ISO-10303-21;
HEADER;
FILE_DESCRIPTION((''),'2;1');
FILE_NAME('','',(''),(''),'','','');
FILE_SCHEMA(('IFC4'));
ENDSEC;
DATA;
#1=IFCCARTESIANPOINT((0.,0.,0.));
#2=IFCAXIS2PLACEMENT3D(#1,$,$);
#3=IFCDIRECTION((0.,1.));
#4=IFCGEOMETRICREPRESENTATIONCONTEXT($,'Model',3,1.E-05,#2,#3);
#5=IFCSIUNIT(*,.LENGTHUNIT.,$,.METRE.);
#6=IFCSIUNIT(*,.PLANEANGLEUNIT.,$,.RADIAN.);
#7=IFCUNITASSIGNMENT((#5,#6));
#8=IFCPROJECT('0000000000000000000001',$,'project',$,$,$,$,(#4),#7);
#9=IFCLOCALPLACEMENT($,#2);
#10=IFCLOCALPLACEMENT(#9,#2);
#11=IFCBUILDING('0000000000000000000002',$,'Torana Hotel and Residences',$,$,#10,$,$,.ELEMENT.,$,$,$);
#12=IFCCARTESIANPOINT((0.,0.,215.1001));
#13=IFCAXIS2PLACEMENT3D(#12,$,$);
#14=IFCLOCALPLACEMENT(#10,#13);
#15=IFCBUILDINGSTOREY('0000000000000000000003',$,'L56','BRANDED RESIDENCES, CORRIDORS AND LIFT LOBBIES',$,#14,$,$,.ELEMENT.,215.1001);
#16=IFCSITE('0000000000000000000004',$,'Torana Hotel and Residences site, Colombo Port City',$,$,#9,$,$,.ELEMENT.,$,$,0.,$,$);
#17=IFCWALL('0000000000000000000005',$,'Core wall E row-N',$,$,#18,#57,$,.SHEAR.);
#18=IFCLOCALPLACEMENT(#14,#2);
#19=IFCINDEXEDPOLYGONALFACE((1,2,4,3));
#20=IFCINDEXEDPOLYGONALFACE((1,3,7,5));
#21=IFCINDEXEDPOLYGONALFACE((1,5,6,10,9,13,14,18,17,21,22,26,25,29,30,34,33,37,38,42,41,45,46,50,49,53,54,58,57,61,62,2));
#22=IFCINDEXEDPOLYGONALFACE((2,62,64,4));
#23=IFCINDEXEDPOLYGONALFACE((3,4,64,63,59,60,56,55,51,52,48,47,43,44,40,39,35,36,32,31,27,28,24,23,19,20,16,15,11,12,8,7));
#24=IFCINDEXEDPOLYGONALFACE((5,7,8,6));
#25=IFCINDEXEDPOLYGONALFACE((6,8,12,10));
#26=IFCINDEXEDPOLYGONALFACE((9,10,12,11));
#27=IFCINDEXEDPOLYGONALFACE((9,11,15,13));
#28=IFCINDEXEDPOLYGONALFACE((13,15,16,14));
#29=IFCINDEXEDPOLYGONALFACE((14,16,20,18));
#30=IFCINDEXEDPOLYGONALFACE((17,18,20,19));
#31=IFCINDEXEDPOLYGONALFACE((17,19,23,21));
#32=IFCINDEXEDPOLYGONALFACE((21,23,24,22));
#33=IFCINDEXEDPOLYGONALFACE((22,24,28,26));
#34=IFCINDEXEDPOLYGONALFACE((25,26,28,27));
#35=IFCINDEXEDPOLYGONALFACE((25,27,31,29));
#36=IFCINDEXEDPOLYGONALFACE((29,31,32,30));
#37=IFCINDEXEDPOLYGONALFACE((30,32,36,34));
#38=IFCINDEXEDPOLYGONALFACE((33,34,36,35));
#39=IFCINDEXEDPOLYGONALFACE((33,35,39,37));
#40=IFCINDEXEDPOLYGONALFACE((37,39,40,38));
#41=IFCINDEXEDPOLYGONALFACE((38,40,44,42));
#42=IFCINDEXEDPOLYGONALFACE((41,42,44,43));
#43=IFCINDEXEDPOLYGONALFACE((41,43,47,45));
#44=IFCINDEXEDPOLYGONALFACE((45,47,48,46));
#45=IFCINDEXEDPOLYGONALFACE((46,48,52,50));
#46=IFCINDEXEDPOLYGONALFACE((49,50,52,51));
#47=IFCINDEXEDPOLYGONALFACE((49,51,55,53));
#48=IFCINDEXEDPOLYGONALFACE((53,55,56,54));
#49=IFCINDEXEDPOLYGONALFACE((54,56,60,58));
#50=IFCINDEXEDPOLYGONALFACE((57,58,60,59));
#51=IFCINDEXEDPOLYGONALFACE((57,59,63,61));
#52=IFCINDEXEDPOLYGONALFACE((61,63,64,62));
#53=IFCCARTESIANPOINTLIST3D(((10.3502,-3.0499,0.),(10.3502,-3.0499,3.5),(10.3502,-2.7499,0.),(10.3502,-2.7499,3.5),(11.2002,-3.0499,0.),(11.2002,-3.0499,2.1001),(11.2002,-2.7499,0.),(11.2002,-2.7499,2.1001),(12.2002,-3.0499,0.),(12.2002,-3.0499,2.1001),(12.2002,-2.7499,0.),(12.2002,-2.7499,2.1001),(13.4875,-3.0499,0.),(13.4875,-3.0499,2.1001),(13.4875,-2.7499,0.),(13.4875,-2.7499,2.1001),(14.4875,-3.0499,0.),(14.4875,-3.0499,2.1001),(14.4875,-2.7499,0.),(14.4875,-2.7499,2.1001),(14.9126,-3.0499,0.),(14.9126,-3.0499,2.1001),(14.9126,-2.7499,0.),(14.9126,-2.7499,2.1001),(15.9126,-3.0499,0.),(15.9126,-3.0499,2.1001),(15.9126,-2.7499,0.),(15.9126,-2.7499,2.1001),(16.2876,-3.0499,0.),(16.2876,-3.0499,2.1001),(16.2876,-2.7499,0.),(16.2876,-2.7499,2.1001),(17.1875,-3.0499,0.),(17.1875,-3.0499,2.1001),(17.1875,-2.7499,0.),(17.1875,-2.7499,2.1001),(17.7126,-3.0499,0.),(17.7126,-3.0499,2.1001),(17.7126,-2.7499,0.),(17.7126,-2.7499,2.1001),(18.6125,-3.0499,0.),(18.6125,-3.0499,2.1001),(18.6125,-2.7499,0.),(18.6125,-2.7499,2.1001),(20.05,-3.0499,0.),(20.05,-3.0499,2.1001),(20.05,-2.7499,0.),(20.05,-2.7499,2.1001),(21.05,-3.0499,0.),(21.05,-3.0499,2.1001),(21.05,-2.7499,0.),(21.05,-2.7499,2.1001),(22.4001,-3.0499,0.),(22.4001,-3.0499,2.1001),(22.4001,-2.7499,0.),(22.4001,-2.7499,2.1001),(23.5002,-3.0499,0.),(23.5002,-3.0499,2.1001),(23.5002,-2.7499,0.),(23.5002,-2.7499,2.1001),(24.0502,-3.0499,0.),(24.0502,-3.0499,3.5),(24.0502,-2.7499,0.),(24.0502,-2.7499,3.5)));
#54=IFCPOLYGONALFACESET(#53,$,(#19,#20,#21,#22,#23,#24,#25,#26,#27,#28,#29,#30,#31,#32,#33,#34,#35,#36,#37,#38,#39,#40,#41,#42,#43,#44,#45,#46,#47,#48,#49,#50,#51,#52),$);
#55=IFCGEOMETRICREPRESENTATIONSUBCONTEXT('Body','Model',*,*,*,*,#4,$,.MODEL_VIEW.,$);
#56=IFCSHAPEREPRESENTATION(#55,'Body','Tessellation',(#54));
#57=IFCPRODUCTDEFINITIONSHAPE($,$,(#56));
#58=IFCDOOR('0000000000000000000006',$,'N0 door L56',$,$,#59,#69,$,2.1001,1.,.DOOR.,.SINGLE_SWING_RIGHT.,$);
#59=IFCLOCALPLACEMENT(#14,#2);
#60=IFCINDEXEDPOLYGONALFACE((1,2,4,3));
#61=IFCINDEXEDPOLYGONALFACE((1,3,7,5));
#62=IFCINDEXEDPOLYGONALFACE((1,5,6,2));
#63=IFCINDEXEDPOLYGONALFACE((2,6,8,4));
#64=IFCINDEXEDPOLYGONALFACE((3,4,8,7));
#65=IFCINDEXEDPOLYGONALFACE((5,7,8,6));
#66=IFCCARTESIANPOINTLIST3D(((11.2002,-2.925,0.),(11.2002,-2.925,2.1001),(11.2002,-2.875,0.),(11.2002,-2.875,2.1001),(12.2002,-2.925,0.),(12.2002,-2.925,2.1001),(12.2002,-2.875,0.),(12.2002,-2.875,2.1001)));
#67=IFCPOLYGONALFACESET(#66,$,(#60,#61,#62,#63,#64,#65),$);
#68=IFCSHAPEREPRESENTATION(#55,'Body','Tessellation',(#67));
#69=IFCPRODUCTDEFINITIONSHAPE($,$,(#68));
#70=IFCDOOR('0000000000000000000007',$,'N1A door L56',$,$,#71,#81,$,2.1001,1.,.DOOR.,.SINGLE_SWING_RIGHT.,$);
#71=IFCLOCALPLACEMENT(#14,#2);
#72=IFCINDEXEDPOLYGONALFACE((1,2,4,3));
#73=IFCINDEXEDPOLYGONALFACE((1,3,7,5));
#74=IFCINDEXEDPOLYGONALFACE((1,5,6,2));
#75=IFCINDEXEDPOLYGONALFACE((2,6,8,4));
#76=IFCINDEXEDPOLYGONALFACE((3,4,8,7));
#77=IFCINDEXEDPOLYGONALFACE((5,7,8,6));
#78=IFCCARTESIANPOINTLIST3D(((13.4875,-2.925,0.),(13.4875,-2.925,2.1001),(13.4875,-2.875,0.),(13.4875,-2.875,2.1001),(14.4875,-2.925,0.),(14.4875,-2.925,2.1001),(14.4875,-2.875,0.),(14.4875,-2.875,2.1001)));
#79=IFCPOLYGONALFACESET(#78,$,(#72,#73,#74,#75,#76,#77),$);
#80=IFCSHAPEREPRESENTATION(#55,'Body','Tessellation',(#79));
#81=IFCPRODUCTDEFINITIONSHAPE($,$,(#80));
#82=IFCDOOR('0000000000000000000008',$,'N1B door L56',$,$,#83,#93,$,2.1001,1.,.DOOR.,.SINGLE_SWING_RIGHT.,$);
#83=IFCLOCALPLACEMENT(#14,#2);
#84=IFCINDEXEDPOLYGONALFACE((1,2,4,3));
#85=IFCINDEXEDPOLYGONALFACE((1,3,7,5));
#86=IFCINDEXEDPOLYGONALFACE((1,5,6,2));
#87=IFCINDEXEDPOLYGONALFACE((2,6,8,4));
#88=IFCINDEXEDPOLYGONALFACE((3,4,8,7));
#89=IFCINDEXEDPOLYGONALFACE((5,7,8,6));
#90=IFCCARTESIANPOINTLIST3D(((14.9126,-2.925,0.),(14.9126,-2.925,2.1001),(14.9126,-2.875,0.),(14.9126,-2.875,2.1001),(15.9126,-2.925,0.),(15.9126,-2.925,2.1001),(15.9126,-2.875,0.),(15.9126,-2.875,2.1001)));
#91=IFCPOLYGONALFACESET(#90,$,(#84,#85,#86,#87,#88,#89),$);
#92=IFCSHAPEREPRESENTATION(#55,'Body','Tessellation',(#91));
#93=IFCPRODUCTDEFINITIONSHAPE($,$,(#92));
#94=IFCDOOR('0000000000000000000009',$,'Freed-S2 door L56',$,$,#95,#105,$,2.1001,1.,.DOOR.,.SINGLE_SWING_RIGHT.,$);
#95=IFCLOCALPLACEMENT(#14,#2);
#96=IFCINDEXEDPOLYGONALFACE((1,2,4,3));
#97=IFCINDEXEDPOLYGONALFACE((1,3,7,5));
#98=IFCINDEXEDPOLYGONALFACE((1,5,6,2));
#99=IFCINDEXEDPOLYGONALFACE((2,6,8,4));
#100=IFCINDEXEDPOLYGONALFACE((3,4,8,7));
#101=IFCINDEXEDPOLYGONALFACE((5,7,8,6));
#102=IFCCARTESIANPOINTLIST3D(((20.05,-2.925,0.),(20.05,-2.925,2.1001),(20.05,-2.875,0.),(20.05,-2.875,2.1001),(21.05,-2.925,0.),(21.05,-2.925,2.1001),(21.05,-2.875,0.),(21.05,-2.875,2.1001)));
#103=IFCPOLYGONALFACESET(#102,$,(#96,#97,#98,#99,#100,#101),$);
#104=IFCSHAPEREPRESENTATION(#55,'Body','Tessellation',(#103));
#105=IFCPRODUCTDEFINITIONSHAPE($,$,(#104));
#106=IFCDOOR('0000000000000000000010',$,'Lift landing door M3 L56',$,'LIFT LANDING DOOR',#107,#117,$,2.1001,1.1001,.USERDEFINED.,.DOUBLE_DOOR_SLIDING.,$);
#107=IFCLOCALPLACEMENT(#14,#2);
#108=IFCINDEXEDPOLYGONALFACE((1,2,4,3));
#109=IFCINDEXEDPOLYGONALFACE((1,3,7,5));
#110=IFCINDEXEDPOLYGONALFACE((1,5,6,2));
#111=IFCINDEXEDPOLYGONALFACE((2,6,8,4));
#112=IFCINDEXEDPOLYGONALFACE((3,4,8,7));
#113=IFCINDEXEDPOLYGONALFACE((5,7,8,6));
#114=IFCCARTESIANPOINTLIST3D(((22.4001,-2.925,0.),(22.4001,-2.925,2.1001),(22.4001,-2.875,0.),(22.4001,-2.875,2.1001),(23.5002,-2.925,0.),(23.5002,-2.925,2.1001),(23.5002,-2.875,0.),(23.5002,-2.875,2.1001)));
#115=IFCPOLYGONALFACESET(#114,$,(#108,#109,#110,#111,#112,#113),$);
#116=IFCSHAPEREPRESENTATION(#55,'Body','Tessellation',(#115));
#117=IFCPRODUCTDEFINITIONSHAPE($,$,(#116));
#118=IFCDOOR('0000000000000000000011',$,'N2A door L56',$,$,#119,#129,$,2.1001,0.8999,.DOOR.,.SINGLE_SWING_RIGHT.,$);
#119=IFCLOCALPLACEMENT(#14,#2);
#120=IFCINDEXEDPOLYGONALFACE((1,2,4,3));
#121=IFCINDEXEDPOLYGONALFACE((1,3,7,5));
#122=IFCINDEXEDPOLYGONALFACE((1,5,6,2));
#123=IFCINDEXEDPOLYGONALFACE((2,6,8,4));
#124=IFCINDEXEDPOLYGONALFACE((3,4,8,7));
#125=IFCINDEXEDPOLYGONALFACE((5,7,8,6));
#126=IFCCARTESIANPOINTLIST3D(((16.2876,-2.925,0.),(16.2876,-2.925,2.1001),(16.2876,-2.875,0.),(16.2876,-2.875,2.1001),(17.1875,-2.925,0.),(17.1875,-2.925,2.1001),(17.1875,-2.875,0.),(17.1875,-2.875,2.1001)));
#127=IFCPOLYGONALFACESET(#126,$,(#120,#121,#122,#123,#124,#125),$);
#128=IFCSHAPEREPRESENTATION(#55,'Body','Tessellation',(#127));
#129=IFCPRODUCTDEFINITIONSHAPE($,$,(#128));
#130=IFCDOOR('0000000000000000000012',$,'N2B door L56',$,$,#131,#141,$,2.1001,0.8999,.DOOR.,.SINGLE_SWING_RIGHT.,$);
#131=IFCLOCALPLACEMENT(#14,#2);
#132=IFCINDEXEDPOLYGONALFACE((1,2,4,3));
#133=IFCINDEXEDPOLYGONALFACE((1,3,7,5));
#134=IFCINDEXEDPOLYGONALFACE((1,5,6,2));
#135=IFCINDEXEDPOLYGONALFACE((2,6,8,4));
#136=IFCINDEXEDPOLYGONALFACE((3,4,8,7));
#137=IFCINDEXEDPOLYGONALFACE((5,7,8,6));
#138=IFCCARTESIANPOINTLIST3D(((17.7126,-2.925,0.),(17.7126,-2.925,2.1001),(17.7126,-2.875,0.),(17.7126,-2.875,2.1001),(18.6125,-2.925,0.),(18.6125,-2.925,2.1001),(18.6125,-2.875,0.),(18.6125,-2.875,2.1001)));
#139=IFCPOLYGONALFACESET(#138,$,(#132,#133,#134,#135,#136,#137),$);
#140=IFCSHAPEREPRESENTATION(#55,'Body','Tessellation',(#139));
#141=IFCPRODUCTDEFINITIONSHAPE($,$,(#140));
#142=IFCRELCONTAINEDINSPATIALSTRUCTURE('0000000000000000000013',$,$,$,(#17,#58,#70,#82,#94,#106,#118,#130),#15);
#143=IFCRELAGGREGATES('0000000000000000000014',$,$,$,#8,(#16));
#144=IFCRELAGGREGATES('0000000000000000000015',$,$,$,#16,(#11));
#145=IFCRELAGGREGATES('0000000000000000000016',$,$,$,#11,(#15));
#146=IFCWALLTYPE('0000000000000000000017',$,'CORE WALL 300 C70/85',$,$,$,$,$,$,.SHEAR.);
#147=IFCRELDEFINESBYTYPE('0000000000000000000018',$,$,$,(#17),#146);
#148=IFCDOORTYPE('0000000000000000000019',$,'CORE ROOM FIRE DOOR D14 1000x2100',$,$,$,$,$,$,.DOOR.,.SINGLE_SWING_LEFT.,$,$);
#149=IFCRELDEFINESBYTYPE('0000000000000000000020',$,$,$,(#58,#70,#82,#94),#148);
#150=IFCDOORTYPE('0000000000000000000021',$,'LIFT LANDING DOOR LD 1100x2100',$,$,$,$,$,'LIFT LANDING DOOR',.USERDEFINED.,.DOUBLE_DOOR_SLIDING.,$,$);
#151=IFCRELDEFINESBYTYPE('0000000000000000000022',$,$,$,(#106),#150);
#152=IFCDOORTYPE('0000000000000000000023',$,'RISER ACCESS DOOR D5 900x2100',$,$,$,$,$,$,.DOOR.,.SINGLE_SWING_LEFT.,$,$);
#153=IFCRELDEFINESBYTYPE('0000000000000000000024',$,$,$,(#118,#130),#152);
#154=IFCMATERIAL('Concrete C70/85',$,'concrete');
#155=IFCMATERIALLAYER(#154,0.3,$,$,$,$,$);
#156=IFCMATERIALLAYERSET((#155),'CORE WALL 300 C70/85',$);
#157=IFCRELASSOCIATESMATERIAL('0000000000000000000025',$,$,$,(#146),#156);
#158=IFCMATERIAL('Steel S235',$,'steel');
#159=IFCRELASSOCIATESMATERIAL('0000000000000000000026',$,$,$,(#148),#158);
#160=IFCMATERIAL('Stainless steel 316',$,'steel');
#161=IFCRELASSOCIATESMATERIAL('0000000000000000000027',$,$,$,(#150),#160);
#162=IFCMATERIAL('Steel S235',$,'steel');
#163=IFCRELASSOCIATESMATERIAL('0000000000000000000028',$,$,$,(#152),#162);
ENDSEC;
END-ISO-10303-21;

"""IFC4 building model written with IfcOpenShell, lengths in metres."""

from ifc_helpers import new_model, si_unit, direction, frame, frame_2d, origin, place, context, subcontext, project, spatial, rectangle, extrude, material, layer, layer_set, type_object, element, fill, save


model = new_model("IFC4")

# Units and contexts
model_context = context("Model", 3, precision=1e-05, world=origin(), true_north=direction((0.0, 1.0)))
body_context = subcontext(model_context, "Body", "Model", "MODEL_VIEW")
ifc_project = project(units=[si_unit("LENGTHUNIT", "METRE"), si_unit("PLANEANGLEUNIT", "RADIAN")], contexts=[model_context])

# Site, building, storey
site_placement = place(None, origin())
site = spatial("IfcSite", under=ifc_project, at=site_placement, Name="Torana Hotel and Residences site, Colombo Port City", CompositionType="ELEMENT", RefElevation=0.0)
building_placement = place(site_placement, origin())
building = spatial("IfcBuilding", under=site, at=building_placement, Name="Torana Hotel and Residences", CompositionType="ELEMENT")
storey_placement = place(building_placement, frame((0.0, 0.0, 215.1001)))
storey = spatial("IfcBuildingStorey", under=building, at=storey_placement, Name="L56", Description="BRANDED RESIDENCES, CORRIDORS AND LIFT LOBBIES", CompositionType="ELEMENT", Elevation=215.1001)

# Wall, openings, doors
ifc_material_1 = material(Name="Concrete C70/85", Category="concrete")
ifc_layer_1 = layer(ifc_material_1, 0.3)
ifc_layer_set_1 = layer_set([ifc_layer_1], Name="CORE WALL 300 C70/85")
wall_type_1 = type_object("IfcWallType", Name="CORE WALL 300 C70/85", PredefinedType="SHEAR", material=ifc_layer_set_1)
wall_1_placement = place(storey_placement, frame((10.3501, -2.8999, 0.0), z_axis=(0.0, 0.0, 1.0), x_axis=(1.0, 0.0, 0.0)))
wall_1 = element("IfcWall", 1, at=wall_1_placement, inside=storey, type_object=wall_type_1, Name="Core wall E row-N", PredefinedType="SHEAR", context=body_context, shape_type="SweptSolid", body=[
    extrude(rectangle(XDim=13.7, YDim=0.3, at=frame_2d((6.8501, 0.0))), origin(), (0.0, 0.0, 1.0), 3.5),
])
opening_1_placement = place(wall_1_placement, frame((12.05, 0.0, 0.0)))
opening_1 = element("IfcOpeningElement", 2, at=opening_1_placement, cuts=wall_1, PredefinedType="OPENING", context=body_context, shape_type="SweptSolid", body=[
    extrude(rectangle(XDim=1.1001, YDim=2.1001, at=frame_2d((0.55, 1.05))), frame((0.0, 0.1599, 0.0), z_axis=(0.0, -1.0, 0.0), x_axis=(1.0, 0.0, 0.0)), (0.0, 0.0, 1.0), 0.3201),
])
opening_2_placement = place(wall_1_placement, frame((5.9375, 0.0, 0.0)))
opening_2 = element("IfcOpeningElement", 3, at=opening_2_placement, cuts=wall_1, PredefinedType="OPENING", context=body_context, shape_type="SweptSolid", body=[
    extrude(rectangle(XDim=0.8999, YDim=2.1001, at=frame_2d((0.45, 1.05))), frame((0.0, 0.1599, 0.0), z_axis=(0.0, -1.0, 0.0), x_axis=(1.0, 0.0, 0.0)), (0.0, 0.0, 1.0), 0.3201),
])
opening_3_placement = place(wall_1_placement, frame((7.3625, 0.0, 0.0)))
opening_3 = element("IfcOpeningElement", 4, at=opening_3_placement, cuts=wall_1, PredefinedType="OPENING", context=body_context, shape_type="SweptSolid", body=[
    extrude(rectangle(XDim=0.8999, YDim=2.1001, at=frame_2d((0.45, 1.05))), frame((0.0, 0.1599, 0.0), z_axis=(0.0, -1.0, 0.0), x_axis=(1.0, 0.0, 0.0)), (0.0, 0.0, 1.0), 0.3201),
])
opening_4_placement = place(wall_1_placement, frame((0.8501, 0.0, 0.0)))
opening_4 = element("IfcOpeningElement", 5, at=opening_4_placement, cuts=wall_1, PredefinedType="OPENING", context=body_context, shape_type="SweptSolid", body=[
    extrude(rectangle(XDim=1.0, YDim=2.1001, at=frame_2d((0.5, 1.05))), frame((0.0, 0.1599, 0.0), z_axis=(0.0, -1.0, 0.0), x_axis=(1.0, 0.0, 0.0)), (0.0, 0.0, 1.0), 0.3201),
])
opening_5_placement = place(wall_1_placement, frame((3.1375, 0.0, 0.0)))
opening_5 = element("IfcOpeningElement", 6, at=opening_5_placement, cuts=wall_1, PredefinedType="OPENING", context=body_context, shape_type="SweptSolid", body=[
    extrude(rectangle(XDim=1.0, YDim=2.1001, at=frame_2d((0.5, 1.05))), frame((0.0, 0.1599, 0.0), z_axis=(0.0, -1.0, 0.0), x_axis=(1.0, 0.0, 0.0)), (0.0, 0.0, 1.0), 0.3201),
])
opening_6_placement = place(wall_1_placement, frame((4.5625, 0.0, 0.0)))
opening_6 = element("IfcOpeningElement", 7, at=opening_6_placement, cuts=wall_1, PredefinedType="OPENING", context=body_context, shape_type="SweptSolid", body=[
    extrude(rectangle(XDim=1.0, YDim=2.1001, at=frame_2d((0.5, 1.05))), frame((0.0, 0.1599, 0.0), z_axis=(0.0, -1.0, 0.0), x_axis=(1.0, 0.0, 0.0)), (0.0, 0.0, 1.0), 0.3201),
])
opening_7_placement = place(wall_1_placement, frame((9.7, 0.0, 0.0)))
opening_7 = element("IfcOpeningElement", 8, at=opening_7_placement, cuts=wall_1, PredefinedType="OPENING", context=body_context, shape_type="SweptSolid", body=[
    extrude(rectangle(XDim=1.0, YDim=2.1001, at=frame_2d((0.5, 1.05))), frame((0.0, 0.1599, 0.0), z_axis=(0.0, -1.0, 0.0), x_axis=(1.0, 0.0, 0.0)), (0.0, 0.0, 1.0), 0.3201),
])
ifc_material_2 = material(Name="Steel S235", Category="steel")
door_type_1 = type_object("IfcDoorType", Name="CORE ROOM FIRE DOOR D14 1000x2100", OperationType="SINGLE_SWING_LEFT", PredefinedType="DOOR", material=ifc_material_2)
door_1_placement = place(opening_4_placement, origin())
door_1 = element("IfcDoor", 9, at=door_1_placement, inside=storey, type_object=door_type_1, Name="N0 door L56", OperationType="SINGLE_SWING_RIGHT", OverallHeight=2.1001, OverallWidth=1.0, PredefinedType="DOOR", context=body_context, shape_type="SweptSolid", body=[
    extrude(rectangle(XDim=1.0, YDim=2.1001, at=frame_2d((0.5, 1.05))), frame((0.0, 0.0249, 0.0), z_axis=(0.0, -1.0, 0.0), x_axis=(1.0, 0.0, 0.0)), (0.0, 0.0, 1.0), 0.05),
])
fill(opening_4, door_1)
door_2_placement = place(opening_5_placement, origin())
door_2 = element("IfcDoor", 10, at=door_2_placement, inside=storey, type_object=door_type_1, Name="N1A door L56", OperationType="SINGLE_SWING_RIGHT", OverallHeight=2.1001, OverallWidth=1.0, PredefinedType="DOOR", context=body_context, shape_type="SweptSolid", body=[
    extrude(rectangle(XDim=1.0, YDim=2.1001, at=frame_2d((0.5, 1.05))), frame((0.0, 0.0249, 0.0), z_axis=(0.0, -1.0, 0.0), x_axis=(1.0, 0.0, 0.0)), (0.0, 0.0, 1.0), 0.05),
])
fill(opening_5, door_2)
door_3_placement = place(opening_6_placement, origin())
door_3 = element("IfcDoor", 11, at=door_3_placement, inside=storey, type_object=door_type_1, Name="N1B door L56", OperationType="SINGLE_SWING_RIGHT", OverallHeight=2.1001, OverallWidth=1.0, PredefinedType="DOOR", context=body_context, shape_type="SweptSolid", body=[
    extrude(rectangle(XDim=1.0, YDim=2.1001, at=frame_2d((0.5, 1.05))), frame((0.0, 0.0249, 0.0), z_axis=(0.0, -1.0, 0.0), x_axis=(1.0, 0.0, 0.0)), (0.0, 0.0, 1.0), 0.05),
])
fill(opening_6, door_3)
door_4_placement = place(opening_7_placement, origin())
door_4 = element("IfcDoor", 12, at=door_4_placement, inside=storey, type_object=door_type_1, Name="Freed-S2 door L56", OperationType="SINGLE_SWING_RIGHT", OverallHeight=2.1001, OverallWidth=1.0, PredefinedType="DOOR", context=body_context, shape_type="SweptSolid", body=[
    extrude(rectangle(XDim=1.0, YDim=2.1001, at=frame_2d((0.5, 1.05))), frame((0.0, 0.0249, 0.0), z_axis=(0.0, -1.0, 0.0), x_axis=(1.0, 0.0, 0.0)), (0.0, 0.0, 1.0), 0.05),
])
fill(opening_7, door_4)
ifc_material_3 = material(Name="Stainless steel 316", Category="steel")
door_type_2 = type_object("IfcDoorType", Name="LIFT LANDING DOOR LD 1100x2100", ElementType="LIFT LANDING DOOR", OperationType="DOUBLE_DOOR_SLIDING", PredefinedType="USERDEFINED", material=ifc_material_3)
door_5_placement = place(opening_1_placement, origin())
door_5 = element("IfcDoor", 13, at=door_5_placement, inside=storey, type_object=door_type_2, Name="Lift landing door M3 L56", ObjectType="LIFT LANDING DOOR", OperationType="DOUBLE_DOOR_SLIDING", OverallHeight=2.1001, OverallWidth=1.1001, PredefinedType="USERDEFINED", context=body_context, shape_type="SweptSolid", body=[
    extrude(rectangle(XDim=1.1001, YDim=2.1001, at=frame_2d((0.55, 1.05))), frame((0.0, 0.0249, 0.0), z_axis=(0.0, -1.0, 0.0), x_axis=(1.0, 0.0, 0.0)), (0.0, 0.0, 1.0), 0.05),
])
fill(opening_1, door_5)
ifc_material_4 = material(Name="Steel S235", Category="steel")
door_type_3 = type_object("IfcDoorType", Name="RISER ACCESS DOOR D5 900x2100", OperationType="SINGLE_SWING_LEFT", PredefinedType="DOOR", material=ifc_material_4)
door_6_placement = place(opening_2_placement, origin())
door_6 = element("IfcDoor", 14, at=door_6_placement, inside=storey, type_object=door_type_3, Name="N2A door L56", OperationType="SINGLE_SWING_RIGHT", OverallHeight=2.1001, OverallWidth=0.8999, PredefinedType="DOOR", context=body_context, shape_type="SweptSolid", body=[
    extrude(rectangle(XDim=0.8999, YDim=2.1001, at=frame_2d((0.45, 1.05))), frame((0.0, 0.0249, 0.0), z_axis=(0.0, -1.0, 0.0), x_axis=(1.0, 0.0, 0.0)), (0.0, 0.0, 1.0), 0.05),
])
fill(opening_2, door_6)
door_7_placement = place(opening_3_placement, origin())
door_7 = element("IfcDoor", 15, at=door_7_placement, inside=storey, type_object=door_type_3, Name="N2B door L56", OperationType="SINGLE_SWING_RIGHT", OverallHeight=2.1001, OverallWidth=0.8999, PredefinedType="DOOR", context=body_context, shape_type="SweptSolid", body=[
    extrude(rectangle(XDim=0.8999, YDim=2.1001, at=frame_2d((0.45, 1.05))), frame((0.0, 0.0249, 0.0), z_axis=(0.0, -1.0, 0.0), x_axis=(1.0, 0.0, 0.0)), (0.0, 0.0, 1.0), 0.05),
])
fill(opening_3, door_7)

save(model, "model.ifc")
